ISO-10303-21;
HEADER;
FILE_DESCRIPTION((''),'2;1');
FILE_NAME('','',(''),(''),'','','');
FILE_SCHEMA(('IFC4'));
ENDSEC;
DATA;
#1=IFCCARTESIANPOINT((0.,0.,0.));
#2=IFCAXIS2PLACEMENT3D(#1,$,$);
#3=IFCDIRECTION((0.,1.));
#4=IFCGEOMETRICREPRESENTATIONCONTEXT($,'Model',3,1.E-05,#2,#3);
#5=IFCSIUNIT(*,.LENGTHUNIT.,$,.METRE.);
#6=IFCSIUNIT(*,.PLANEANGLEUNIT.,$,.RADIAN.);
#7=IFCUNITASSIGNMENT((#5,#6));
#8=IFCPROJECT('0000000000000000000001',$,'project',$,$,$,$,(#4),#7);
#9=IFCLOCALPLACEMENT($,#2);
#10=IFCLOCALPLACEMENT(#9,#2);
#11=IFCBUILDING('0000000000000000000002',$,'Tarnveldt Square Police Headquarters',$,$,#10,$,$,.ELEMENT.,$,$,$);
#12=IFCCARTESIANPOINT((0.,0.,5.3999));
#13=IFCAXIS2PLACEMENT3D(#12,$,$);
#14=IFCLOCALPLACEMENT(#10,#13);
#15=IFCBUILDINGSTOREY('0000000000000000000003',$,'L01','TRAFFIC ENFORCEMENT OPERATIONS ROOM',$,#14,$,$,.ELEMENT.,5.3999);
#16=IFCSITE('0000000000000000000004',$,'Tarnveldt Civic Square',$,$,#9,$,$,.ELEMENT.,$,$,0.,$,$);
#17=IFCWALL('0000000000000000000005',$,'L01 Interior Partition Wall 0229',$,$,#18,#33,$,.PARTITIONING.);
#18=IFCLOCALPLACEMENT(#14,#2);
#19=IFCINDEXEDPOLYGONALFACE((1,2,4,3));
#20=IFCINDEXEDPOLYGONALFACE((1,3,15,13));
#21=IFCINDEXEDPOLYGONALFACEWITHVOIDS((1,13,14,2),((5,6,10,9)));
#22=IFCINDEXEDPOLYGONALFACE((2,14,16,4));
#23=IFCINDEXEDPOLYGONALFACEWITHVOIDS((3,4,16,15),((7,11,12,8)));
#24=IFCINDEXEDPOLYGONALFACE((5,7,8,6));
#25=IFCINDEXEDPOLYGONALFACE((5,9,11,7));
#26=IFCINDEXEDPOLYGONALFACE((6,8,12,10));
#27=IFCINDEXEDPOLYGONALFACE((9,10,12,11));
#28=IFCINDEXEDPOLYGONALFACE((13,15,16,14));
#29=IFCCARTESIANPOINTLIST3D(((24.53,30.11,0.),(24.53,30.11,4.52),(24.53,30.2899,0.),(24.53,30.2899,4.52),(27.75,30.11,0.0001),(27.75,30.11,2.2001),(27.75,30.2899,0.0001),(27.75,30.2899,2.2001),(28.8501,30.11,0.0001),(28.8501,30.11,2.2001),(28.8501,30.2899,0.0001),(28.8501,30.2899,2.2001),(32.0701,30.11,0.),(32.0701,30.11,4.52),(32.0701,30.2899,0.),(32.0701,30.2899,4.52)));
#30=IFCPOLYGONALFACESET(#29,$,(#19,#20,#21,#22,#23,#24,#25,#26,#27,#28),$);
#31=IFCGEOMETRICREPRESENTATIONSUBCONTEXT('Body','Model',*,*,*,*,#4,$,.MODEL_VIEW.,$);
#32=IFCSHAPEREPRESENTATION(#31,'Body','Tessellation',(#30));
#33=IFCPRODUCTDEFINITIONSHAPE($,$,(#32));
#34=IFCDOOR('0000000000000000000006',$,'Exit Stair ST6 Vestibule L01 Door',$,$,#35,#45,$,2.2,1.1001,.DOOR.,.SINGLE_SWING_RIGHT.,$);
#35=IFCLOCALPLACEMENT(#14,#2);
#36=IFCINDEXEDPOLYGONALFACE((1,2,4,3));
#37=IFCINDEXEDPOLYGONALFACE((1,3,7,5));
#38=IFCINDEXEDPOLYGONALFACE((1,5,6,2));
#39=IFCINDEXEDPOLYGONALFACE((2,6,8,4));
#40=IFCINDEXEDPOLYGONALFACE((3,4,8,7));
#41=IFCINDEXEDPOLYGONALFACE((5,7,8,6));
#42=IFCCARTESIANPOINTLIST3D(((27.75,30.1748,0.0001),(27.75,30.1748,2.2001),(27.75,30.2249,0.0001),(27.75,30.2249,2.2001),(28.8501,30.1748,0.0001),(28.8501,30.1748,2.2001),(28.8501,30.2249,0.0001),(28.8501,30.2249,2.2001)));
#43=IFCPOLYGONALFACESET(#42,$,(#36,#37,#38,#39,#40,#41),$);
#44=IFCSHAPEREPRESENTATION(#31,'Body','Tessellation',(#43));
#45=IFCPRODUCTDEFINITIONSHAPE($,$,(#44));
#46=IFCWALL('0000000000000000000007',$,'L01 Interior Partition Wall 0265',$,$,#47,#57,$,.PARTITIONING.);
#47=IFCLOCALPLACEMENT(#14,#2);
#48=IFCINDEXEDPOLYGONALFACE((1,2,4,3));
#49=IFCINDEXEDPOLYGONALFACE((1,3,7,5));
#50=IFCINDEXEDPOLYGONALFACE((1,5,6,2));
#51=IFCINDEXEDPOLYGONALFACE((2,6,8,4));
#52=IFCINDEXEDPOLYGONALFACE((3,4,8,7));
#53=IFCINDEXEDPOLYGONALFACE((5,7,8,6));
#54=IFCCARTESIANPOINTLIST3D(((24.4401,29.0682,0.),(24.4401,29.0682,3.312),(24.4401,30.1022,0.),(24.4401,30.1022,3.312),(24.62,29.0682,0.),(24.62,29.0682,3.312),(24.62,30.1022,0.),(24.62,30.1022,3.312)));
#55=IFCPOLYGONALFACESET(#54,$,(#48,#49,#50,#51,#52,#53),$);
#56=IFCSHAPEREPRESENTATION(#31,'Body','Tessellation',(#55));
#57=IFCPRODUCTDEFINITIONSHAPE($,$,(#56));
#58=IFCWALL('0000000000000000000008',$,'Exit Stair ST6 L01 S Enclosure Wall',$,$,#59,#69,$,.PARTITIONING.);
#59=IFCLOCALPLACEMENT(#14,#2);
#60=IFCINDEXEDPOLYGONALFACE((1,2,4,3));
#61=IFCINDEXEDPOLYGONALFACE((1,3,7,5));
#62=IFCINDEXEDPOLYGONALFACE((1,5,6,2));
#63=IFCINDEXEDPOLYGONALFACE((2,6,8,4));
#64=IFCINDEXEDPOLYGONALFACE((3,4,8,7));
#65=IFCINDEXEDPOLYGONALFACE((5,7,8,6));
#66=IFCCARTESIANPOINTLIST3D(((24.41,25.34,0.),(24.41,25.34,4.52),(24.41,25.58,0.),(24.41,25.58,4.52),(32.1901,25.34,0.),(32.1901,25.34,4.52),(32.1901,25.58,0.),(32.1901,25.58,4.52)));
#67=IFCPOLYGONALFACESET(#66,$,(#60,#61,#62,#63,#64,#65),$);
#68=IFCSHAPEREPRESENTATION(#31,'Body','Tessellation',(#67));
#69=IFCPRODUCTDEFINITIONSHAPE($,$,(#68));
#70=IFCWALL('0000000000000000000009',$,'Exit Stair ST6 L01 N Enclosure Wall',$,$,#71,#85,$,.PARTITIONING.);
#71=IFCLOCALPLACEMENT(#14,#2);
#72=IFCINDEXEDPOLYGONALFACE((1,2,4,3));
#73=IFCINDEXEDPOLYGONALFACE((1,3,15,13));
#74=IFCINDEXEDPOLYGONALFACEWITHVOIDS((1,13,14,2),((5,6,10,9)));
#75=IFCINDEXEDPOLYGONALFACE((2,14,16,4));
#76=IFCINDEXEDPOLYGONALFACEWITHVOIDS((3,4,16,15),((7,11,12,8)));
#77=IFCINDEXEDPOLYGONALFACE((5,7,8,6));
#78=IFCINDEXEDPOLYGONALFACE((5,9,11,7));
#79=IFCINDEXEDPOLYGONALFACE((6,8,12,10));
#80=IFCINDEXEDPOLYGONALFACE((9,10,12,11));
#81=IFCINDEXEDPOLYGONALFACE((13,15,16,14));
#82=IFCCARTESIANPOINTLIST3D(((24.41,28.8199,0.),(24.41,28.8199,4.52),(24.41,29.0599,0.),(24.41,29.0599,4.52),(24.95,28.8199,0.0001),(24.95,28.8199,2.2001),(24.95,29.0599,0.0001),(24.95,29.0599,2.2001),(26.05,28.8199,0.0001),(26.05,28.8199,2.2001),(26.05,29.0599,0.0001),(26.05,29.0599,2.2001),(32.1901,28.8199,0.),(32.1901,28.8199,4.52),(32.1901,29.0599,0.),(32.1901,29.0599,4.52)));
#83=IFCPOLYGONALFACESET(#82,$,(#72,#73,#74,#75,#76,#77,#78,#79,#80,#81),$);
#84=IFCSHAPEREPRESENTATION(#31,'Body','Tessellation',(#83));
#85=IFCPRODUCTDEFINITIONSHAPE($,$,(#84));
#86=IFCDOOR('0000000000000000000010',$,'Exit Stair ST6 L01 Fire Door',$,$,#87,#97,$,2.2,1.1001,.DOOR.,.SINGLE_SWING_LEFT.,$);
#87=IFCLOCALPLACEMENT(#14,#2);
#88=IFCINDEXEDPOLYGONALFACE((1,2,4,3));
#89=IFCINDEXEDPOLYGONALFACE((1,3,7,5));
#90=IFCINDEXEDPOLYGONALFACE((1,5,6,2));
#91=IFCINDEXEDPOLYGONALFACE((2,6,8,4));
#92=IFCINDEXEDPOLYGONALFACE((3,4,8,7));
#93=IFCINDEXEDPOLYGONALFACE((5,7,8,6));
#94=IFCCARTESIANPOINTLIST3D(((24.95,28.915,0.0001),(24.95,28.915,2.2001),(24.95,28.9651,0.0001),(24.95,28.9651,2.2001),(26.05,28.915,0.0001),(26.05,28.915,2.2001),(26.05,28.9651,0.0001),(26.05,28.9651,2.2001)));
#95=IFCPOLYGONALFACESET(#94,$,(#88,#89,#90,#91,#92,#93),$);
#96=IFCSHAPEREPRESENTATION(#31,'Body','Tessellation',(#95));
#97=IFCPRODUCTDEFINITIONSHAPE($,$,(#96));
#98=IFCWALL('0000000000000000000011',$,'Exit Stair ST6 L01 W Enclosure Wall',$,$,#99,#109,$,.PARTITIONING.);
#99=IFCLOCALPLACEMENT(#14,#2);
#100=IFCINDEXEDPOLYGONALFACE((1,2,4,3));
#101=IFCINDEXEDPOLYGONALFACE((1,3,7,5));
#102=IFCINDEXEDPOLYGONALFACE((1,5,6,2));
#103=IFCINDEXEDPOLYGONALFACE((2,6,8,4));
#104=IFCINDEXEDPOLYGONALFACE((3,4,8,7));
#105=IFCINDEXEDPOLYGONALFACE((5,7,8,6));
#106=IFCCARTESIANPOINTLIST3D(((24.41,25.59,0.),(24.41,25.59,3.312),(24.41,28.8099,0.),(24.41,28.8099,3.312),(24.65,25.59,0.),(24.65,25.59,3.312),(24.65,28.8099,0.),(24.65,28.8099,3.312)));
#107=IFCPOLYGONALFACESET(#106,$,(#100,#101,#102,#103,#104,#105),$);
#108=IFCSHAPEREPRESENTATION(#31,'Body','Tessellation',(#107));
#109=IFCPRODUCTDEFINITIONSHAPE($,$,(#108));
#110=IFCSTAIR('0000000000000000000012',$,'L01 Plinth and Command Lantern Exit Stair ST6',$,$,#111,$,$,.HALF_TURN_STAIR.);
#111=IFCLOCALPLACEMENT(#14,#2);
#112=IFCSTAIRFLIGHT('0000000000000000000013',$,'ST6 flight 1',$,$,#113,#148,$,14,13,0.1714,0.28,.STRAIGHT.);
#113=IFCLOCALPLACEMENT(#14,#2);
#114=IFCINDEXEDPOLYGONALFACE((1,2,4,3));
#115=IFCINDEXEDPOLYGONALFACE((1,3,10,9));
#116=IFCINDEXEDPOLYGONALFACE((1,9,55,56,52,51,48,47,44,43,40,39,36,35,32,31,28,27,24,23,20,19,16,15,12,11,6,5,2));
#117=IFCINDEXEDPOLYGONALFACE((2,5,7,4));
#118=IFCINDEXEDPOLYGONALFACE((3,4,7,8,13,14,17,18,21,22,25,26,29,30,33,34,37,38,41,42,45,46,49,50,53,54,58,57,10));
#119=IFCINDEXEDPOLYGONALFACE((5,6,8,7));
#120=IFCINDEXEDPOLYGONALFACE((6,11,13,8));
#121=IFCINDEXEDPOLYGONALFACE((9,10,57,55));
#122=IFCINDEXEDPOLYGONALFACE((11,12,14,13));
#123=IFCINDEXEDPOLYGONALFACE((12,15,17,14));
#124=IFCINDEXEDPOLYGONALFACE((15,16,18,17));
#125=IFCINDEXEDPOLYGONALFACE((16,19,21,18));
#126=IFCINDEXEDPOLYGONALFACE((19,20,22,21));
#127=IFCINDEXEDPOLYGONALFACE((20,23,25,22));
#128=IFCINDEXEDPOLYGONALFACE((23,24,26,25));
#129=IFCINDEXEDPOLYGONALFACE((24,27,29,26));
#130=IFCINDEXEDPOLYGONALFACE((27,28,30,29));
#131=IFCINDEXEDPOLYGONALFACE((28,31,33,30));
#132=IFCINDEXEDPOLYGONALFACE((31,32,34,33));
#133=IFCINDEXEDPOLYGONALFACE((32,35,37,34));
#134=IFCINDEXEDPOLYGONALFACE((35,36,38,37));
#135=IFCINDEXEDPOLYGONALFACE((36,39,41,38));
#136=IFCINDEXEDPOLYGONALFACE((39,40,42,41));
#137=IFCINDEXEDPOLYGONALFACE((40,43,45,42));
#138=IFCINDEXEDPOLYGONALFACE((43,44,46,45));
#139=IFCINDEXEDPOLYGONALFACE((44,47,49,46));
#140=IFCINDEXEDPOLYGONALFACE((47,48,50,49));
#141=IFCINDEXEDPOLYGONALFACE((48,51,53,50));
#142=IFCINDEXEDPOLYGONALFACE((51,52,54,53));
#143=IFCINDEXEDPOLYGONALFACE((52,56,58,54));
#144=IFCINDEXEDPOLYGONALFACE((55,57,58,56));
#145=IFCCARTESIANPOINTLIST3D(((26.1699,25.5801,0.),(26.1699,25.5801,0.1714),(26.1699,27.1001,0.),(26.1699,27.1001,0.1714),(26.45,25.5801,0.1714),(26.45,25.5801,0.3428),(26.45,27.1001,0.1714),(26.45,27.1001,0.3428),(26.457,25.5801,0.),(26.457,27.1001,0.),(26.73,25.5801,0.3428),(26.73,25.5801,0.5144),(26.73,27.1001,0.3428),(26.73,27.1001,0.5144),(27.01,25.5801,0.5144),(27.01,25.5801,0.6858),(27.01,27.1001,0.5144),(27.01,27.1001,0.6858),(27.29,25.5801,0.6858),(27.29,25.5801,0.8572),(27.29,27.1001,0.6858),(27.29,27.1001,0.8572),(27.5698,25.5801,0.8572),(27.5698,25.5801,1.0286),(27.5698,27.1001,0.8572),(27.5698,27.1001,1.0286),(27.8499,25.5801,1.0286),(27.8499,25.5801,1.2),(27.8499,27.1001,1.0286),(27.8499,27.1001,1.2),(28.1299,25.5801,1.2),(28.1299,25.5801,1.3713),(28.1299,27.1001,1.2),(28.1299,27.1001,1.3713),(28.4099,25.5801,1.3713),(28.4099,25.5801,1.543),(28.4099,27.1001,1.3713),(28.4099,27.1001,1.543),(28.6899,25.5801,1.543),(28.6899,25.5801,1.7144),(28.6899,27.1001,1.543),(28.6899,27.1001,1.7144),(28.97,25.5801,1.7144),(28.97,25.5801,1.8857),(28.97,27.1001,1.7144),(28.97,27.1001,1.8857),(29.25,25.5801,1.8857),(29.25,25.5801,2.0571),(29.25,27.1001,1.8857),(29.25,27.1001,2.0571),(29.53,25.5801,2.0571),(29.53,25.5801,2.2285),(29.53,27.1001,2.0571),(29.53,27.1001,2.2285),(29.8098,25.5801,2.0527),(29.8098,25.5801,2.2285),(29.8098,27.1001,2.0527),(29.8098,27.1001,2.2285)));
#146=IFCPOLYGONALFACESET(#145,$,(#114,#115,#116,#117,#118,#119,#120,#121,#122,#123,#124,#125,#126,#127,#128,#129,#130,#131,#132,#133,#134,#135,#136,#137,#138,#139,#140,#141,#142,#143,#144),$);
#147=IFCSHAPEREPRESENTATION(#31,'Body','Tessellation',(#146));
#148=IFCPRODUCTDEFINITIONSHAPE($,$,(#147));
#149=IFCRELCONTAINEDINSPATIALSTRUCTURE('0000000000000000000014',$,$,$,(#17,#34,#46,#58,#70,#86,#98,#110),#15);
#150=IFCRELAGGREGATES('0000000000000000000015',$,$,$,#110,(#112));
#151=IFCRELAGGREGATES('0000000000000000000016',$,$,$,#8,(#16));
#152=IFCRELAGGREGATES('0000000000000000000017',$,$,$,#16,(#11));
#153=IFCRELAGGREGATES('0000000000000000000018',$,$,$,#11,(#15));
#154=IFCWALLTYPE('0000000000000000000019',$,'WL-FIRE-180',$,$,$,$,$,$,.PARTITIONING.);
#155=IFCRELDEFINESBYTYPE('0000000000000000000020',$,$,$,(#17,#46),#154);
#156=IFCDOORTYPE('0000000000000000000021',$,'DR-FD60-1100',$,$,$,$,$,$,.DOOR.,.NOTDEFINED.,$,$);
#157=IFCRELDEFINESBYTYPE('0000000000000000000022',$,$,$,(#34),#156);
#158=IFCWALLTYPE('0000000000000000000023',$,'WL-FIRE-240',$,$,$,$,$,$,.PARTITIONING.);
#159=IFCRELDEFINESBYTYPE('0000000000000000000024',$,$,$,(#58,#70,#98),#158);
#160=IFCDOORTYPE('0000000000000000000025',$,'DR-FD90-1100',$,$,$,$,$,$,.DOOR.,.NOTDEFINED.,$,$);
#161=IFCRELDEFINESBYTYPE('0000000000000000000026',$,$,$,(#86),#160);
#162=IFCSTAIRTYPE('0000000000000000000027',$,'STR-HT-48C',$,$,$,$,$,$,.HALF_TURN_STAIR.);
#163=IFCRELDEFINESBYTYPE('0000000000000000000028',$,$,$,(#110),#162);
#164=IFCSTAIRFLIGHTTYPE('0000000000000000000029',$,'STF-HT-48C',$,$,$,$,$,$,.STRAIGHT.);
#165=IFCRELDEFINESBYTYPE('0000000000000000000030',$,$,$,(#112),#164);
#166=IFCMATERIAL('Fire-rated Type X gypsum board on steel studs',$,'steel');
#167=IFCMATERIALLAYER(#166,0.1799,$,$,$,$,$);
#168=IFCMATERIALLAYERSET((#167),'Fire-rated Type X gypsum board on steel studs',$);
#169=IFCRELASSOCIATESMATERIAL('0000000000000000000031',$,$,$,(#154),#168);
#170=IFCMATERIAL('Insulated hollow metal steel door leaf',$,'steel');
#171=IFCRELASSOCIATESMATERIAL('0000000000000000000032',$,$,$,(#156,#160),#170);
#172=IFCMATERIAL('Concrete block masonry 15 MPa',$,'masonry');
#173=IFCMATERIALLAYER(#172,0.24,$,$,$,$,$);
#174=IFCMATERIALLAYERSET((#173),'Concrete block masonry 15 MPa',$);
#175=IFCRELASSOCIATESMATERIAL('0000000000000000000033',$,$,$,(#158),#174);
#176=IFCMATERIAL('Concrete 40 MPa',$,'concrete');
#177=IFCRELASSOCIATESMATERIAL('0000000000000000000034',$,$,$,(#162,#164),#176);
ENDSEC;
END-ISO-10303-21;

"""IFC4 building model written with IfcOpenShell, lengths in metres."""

from ifc_helpers import new_model, si_unit, direction, frame, frame_2d, origin, place, context, subcontext, project, spatial, polyline, rectangle, outline, extrude, material, layer, layer_set, type_object, element, fill, aggregate, save


model = new_model("IFC4")

# Units and contexts
model_context = context("Model", 3, precision=1e-05, world=origin(), true_north=direction((0.0, 1.0)))
body_context = subcontext(model_context, "Body", "Model", "MODEL_VIEW")
ifc_project = project(units=[si_unit("LENGTHUNIT", "METRE"), si_unit("PLANEANGLEUNIT", "RADIAN")], contexts=[model_context])

# Site, building, storey
site_placement = place(None, origin())
site = spatial("IfcSite", under=ifc_project, at=site_placement, Name="Tarnveldt Civic Square", CompositionType="ELEMENT", RefElevation=0.0)
building_placement = place(site_placement, origin())
building = spatial("IfcBuilding", under=site, at=building_placement, Name="Tarnveldt Square Police Headquarters", CompositionType="ELEMENT")
storey_placement = place(building_placement, frame((0.0, 0.0, 5.3999)))
storey = spatial("IfcBuildingStorey", under=building, at=storey_placement, Name="L01", Description="TRAFFIC ENFORCEMENT OPERATIONS ROOM", CompositionType="ELEMENT", Elevation=5.3999)

# Shared definitions
ifc_material_1 = material(Name="Concrete 40 MPa", Category="concrete")

# Shared definitions
ifc_material_2 = material(Name="Fire-rated Type X gypsum board on steel studs", Category="steel")

# Wall, opening, door
ifc_layer_1 = layer(ifc_material_2, 0.1799)
ifc_layer_set_1 = layer_set([ifc_layer_1], Name="Fire-rated Type X gypsum board on steel studs")
wall_type_1 = type_object("IfcWallType", Name="WL-FIRE-180", PredefinedType="PARTITIONING", material=ifc_layer_set_1)
wall_1_placement = place(storey_placement, frame((24.53, 30.2, 0.0), z_axis=(0.0, 0.0, 1.0), x_axis=(1.0, 0.0, 0.0)))
wall_1 = element("IfcWall", 1, at=wall_1_placement, inside=storey, type_object=wall_type_1, Name="L01 Interior Partition Wall 0229", PredefinedType="PARTITIONING", context=body_context, shape_type="SweptSolid", body=[
    extrude(rectangle(XDim=7.54, YDim=0.1799, at=frame_2d((3.77, 0.0))), origin(), (0.0, 0.0, 1.0), 4.52),
])
opening_1_placement = place(wall_1_placement, frame((3.22, 0.0, 0.0)))
opening_1 = element("IfcOpeningElement", 2, at=opening_1_placement, cuts=wall_1, PredefinedType="OPENING", context=body_context, shape_type="SweptSolid", body=[
    extrude(rectangle(XDim=1.1001, YDim=2.2, at=frame_2d((0.55, 1.1001))), frame((0.0, 0.0999, 0.0), z_axis=(0.0, -1.0, 0.0), x_axis=(1.0, 0.0, 0.0)), (0.0, 0.0, 1.0), 0.2),
])
ifc_material_3 = material(Name="Insulated hollow metal steel door leaf", Category="steel")
door_type_1 = type_object("IfcDoorType", Name="DR-FD60-1100", OperationType="NOTDEFINED", PredefinedType="DOOR", material=ifc_material_3)
door_1_placement = place(opening_1_placement, origin())
door_1 = element("IfcDoor", 3, at=door_1_placement, inside=storey, type_object=door_type_1, Name="Exit Stair ST6 Vestibule L01 Door", OperationType="SINGLE_SWING_RIGHT", OverallHeight=2.2, OverallWidth=1.1001, PredefinedType="DOOR", context=body_context, shape_type="SweptSolid", body=[
    extrude(rectangle(XDim=1.1001, YDim=2.2, at=frame_2d((0.55, 1.1001))), frame((0.0, 0.0249, 0.0), z_axis=(0.0, -1.0, 0.0), x_axis=(1.0, 0.0, 0.0)), (0.0, 0.0, 1.0), 0.05),
])
fill(opening_1, door_1)

# Walls
wall_2_placement = place(storey_placement, frame((24.53, 29.0681, 0.0), z_axis=(0.0, 0.0, 1.0), x_axis=(0.0, 1.0, 0.0)))
element("IfcWall", 4, at=wall_2_placement, inside=storey, type_object=wall_type_1, Name="L01 Interior Partition Wall 0265", PredefinedType="PARTITIONING", context=body_context, shape_type="SweptSolid", body=[
    extrude(rectangle(XDim=1.0339, YDim=0.1799, at=frame_2d((0.5171, 0.0))), origin(), (0.0, 0.0, 1.0), 3.312),
])
ifc_material_4 = material(Name="Concrete block masonry 15 MPa", Category="masonry")
ifc_layer_2 = layer(ifc_material_4, 0.24)
ifc_layer_set_2 = layer_set([ifc_layer_2], Name="Concrete block masonry 15 MPa")
wall_type_2 = type_object("IfcWallType", Name="WL-FIRE-240", PredefinedType="PARTITIONING", material=ifc_layer_set_2)
wall_3_placement = place(storey_placement, frame((24.4099, 25.46, 0.0), z_axis=(0.0, 0.0, 1.0), x_axis=(1.0, 0.0, 0.0)))
element("IfcWall", 5, at=wall_3_placement, inside=storey, type_object=wall_type_2, Name="Exit Stair ST6 L01 S Enclosure Wall", PredefinedType="PARTITIONING", context=body_context, shape_type="SweptSolid", body=[
    extrude(rectangle(XDim=7.78, YDim=0.24, at=frame_2d((3.8901, 0.0))), origin(), (0.0, 0.0, 1.0), 4.52),
])

# Wall, opening, door
wall_4_placement = place(storey_placement, frame((24.4099, 28.9399, 0.0), z_axis=(0.0, 0.0, 1.0), x_axis=(1.0, 0.0, 0.0)))
wall_4 = element("IfcWall", 6, at=wall_4_placement, inside=storey, type_object=wall_type_2, Name="Exit Stair ST6 L01 N Enclosure Wall", PredefinedType="PARTITIONING", context=body_context, shape_type="SweptSolid", body=[
    extrude(rectangle(XDim=7.78, YDim=0.24, at=frame_2d((3.8901, 0.0))), origin(), (0.0, 0.0, 1.0), 4.52),
])
opening_2_placement = place(wall_4_placement, frame((0.54, 0.0, 0.0)))
opening_2 = element("IfcOpeningElement", 7, at=opening_2_placement, cuts=wall_4, PredefinedType="OPENING", context=body_context, shape_type="SweptSolid", body=[
    extrude(rectangle(XDim=1.1001, YDim=2.2, at=frame_2d((0.55, 1.1001))), frame((0.0, 0.1299, 0.0), z_axis=(0.0, -1.0, 0.0), x_axis=(1.0, 0.0, 0.0)), (0.0, 0.0, 1.0), 0.26),
])
door_type_2 = type_object("IfcDoorType", Name="DR-FD90-1100", OperationType="NOTDEFINED", PredefinedType="DOOR", material=ifc_material_3)
door_2_placement = place(opening_2_placement, frame((1.1001, 0.0, 0.0), z_axis=(0.0, 0.0, 1.0), x_axis=(-1.0, 0.0, 0.0)))
door_2 = element("IfcDoor", 8, at=door_2_placement, inside=storey, type_object=door_type_2, Name="Exit Stair ST6 L01 Fire Door", OperationType="SINGLE_SWING_LEFT", OverallHeight=2.2, OverallWidth=1.1001, PredefinedType="DOOR", context=body_context, shape_type="SweptSolid", body=[
    extrude(rectangle(XDim=1.1001, YDim=2.2, at=frame_2d((0.55, 1.1001))), frame((0.0, 0.0249, 0.0), z_axis=(0.0, -1.0, 0.0), x_axis=(1.0, 0.0, 0.0)), (0.0, 0.0, 1.0), 0.05),
])
fill(opening_2, door_2)

# Wall
wall_5_placement = place(storey_placement, frame((24.53, 25.5901, 0.0), z_axis=(0.0, 0.0, 1.0), x_axis=(0.0, 1.0, 0.0)))
element("IfcWall", 9, at=wall_5_placement, inside=storey, type_object=wall_type_2, Name="Exit Stair ST6 L01 W Enclosure Wall", PredefinedType="PARTITIONING", context=body_context, shape_type="SweptSolid", body=[
    extrude(rectangle(XDim=3.22, YDim=0.24, at=frame_2d((1.6099, 0.0))), origin(), (0.0, 0.0, 1.0), 3.312),
])

# Stair, stair flight
stair_type = type_object("IfcStairType", Name="STR-HT-48C", PredefinedType="HALF_TURN_STAIR", material=ifc_material_1)
stair_placement = place(storey_placement, origin())
stair = element("IfcStair", 10, at=stair_placement, inside=storey, type_object=stair_type, Name="L01 Plinth and Command Lantern Exit Stair ST6", PredefinedType="HALF_TURN_STAIR")
stair_flight_type = type_object("IfcStairFlightType", Name="STF-HT-48C", PredefinedType="STRAIGHT", material=ifc_material_1)
stair_flight_placement = place(storey_placement, frame((26.1699, 26.3401, 0.0), z_axis=(0.0, 0.0, 1.0), x_axis=(1.0, 0.0, 0.0)))
stair_flight = element("IfcStairFlight", 11, at=stair_flight_placement, type_object=stair_flight_type, Name="ST6 flight 1", NumberOfRisers=14, NumberOfTreads=13, PredefinedType="STRAIGHT", RiserHeight=0.1714, TreadLength=0.28, context=body_context, shape_type="SweptSolid", body=[
    extrude(outline(polyline([(0.0, 0.0), (0.0, 0.1714), (0.28, 0.1714), (0.28, 0.3428), (0.5601, 0.3428), (0.5601, 0.5144), (0.8401, 0.5144), (0.8401, 0.6858), (1.1201, 0.6858), (1.1201, 0.8572), (1.3999, 0.8572), (1.3999, 1.0286), (1.6799, 1.0286), (1.6799, 1.2), (1.96, 1.2), (1.96, 1.3713), (2.24, 1.3713), (2.24, 1.543), (2.52, 1.543), (2.52, 1.7144), (2.8, 1.7144), (2.8, 1.8857), (3.0801, 1.8857), (3.0801, 2.0571), (3.3601, 2.0571), (3.3601, 2.2285), (3.6399, 2.2285), (3.6399, 2.3999), (3.6399, 2.0527), (0.2871, 0.0), (0.0, 0.0)])), frame((0.0, 0.76, 0.0), z_axis=(0.0, -1.0, 0.0), x_axis=(1.0, 0.0, 0.0)), (0.0, 0.0, 1.0), 1.52),
])
aggregate(stair, [stair_flight])

save(model, "model.ifc")
